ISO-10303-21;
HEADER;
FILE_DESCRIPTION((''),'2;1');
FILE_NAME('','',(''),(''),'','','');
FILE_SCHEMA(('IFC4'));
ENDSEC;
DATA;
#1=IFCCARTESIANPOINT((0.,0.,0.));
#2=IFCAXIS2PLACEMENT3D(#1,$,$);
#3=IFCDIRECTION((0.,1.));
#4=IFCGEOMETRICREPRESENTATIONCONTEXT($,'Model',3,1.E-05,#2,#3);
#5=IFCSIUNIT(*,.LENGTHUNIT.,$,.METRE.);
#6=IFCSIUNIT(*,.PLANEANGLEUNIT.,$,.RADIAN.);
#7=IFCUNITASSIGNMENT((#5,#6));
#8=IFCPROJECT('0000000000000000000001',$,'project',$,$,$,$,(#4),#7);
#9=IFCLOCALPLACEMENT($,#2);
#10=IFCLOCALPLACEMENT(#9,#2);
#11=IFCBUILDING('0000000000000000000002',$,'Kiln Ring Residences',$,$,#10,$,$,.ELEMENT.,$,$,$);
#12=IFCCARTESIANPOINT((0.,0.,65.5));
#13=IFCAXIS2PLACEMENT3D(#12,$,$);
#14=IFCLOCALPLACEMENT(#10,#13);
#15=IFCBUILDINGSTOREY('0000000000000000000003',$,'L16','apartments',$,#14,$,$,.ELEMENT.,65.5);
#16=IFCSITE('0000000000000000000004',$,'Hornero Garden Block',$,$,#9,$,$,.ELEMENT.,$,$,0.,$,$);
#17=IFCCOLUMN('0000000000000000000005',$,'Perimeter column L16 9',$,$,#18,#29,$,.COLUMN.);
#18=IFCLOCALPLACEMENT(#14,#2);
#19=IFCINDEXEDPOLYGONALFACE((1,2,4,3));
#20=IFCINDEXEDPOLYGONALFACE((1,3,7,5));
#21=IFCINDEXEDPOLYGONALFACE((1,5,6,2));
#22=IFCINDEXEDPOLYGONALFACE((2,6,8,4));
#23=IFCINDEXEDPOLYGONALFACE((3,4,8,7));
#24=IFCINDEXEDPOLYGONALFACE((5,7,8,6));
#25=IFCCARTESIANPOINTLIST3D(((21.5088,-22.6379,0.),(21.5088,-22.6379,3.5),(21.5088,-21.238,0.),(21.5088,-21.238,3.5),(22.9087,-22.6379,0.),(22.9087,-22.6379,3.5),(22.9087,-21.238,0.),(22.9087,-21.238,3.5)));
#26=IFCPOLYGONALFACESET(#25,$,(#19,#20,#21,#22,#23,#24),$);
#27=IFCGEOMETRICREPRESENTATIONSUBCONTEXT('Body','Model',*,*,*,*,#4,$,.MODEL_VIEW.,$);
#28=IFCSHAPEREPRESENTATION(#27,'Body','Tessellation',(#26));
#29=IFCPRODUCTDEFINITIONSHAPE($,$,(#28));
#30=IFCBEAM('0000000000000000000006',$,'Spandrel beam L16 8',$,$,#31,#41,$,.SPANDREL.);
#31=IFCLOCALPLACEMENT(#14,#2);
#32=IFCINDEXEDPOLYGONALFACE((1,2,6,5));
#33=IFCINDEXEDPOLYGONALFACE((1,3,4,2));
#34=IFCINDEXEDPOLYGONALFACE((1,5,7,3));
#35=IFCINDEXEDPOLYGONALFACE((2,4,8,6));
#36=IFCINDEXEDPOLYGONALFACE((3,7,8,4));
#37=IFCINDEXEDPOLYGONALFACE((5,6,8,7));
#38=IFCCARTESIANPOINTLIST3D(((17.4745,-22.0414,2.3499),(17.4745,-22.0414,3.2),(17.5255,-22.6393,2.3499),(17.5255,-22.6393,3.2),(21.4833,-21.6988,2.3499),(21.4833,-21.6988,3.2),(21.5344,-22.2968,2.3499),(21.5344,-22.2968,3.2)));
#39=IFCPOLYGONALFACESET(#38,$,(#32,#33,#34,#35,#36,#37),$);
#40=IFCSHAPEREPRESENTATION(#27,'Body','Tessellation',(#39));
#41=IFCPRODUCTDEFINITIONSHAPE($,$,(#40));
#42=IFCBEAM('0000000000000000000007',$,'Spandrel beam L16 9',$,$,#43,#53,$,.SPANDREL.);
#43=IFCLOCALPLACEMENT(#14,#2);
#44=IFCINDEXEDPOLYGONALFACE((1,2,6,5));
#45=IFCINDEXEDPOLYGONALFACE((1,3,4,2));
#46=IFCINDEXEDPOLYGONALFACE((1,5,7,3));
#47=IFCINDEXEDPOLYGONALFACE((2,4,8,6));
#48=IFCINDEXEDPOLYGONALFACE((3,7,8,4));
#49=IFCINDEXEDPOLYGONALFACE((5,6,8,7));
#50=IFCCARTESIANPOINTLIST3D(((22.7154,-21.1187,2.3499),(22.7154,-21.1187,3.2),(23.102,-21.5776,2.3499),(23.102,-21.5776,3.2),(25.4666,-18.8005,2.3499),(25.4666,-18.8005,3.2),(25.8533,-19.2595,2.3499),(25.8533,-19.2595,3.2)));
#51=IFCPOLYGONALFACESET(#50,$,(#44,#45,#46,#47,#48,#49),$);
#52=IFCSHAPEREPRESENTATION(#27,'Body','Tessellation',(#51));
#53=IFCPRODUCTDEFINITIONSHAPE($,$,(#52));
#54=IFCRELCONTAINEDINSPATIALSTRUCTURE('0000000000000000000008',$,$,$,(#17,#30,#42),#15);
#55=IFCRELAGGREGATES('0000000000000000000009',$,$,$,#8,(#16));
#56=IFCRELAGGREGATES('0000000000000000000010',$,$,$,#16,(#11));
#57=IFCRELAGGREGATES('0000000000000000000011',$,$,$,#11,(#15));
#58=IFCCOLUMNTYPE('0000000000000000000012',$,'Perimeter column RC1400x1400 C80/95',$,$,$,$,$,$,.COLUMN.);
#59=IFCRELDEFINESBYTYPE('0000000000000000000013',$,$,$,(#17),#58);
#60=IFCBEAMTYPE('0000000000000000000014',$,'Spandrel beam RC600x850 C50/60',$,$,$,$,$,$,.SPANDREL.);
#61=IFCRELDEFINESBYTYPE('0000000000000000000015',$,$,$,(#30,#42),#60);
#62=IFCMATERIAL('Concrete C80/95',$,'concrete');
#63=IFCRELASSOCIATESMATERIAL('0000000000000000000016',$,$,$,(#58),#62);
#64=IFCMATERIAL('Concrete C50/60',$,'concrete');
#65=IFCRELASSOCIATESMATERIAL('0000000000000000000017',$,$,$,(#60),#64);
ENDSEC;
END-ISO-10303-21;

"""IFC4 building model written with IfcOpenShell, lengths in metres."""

from ifc_helpers import new_model, si_unit, direction, frame, origin, origin_2d, place, context, subcontext, project, spatial, rectangle, extrude, material, material_profile, profile_set, type_object, element, save


model = new_model("IFC4")

# Units and contexts
model_context = context("Model", 3, precision=1e-05, world=origin(), true_north=direction((0.0, 1.0)))
body_context = subcontext(model_context, "Body", "Model", "MODEL_VIEW")
ifc_project = project(units=[si_unit("LENGTHUNIT", "METRE"), si_unit("PLANEANGLEUNIT", "RADIAN")], contexts=[model_context])

# Site, building, storey
site_placement = place(None, origin())
site = spatial("IfcSite", under=ifc_project, at=site_placement, Name="Hornero Garden Block", CompositionType="ELEMENT", RefElevation=0.0)
building_placement = place(site_placement, origin())
building = spatial("IfcBuilding", under=site, at=building_placement, Name="Kiln Ring Residences", CompositionType="ELEMENT")
storey_placement = place(building_placement, frame((0.0, 0.0, 65.5)))
storey = spatial("IfcBuildingStorey", under=building, at=storey_placement, Name="L16", Description="apartments", CompositionType="ELEMENT", Elevation=65.5)

# Column
ifc_material_1 = material(Name="Concrete C80/95", Category="concrete")
ifc_material_profile_1 = material_profile(ifc_material_1, rectangle(XDim=1.3999, YDim=1.3999, at=origin_2d()), Name="RC1400x1400")
ifc_profile_set_1 = profile_set([ifc_material_profile_1], Name="Concrete C80/95")
column_type = type_object("IfcColumnType", Name="Perimeter column RC1400x1400 C80/95", PredefinedType="COLUMN", material=ifc_profile_set_1)
column_placement = place(storey_placement, frame((22.2087, -21.938, 0.0), z_axis=(0.0, 0.0, 1.0), x_axis=(1.0, 0.0, 0.0)))
element("IfcColumn", 1, at=column_placement, inside=storey, type_object=column_type, Name="Perimeter column L16 9", PredefinedType="COLUMN", context=body_context, shape_type="SweptSolid", body=[
    extrude(rectangle(XDim=1.3999, YDim=1.3999, at=origin_2d()), origin(), (0.0, 0.0, 1.0), 3.5),
])

# Beams
ifc_material_2 = material(Name="Concrete C50/60", Category="concrete")
ifc_material_profile_2 = material_profile(ifc_material_2, rectangle(XDim=0.6001, YDim=0.8501, at=origin_2d()), Name="RC600x850")
ifc_profile_set_2 = profile_set([ifc_material_profile_2], Name="Concrete C50/60")
beam_type = type_object("IfcBeamType", Name="Spandrel beam RC600x850 C50/60", PredefinedType="SPANDREL", material=ifc_profile_set_2)
beam_1_placement = place(storey_placement, frame((17.5, -22.3403, 2.7749), z_axis=(0.996369, 0.085134, 0.0), x_axis=(-0.085134, 0.996369, 0.0)))
element("IfcBeam", 2, at=beam_1_placement, inside=storey, type_object=beam_type, Name="Spandrel beam L16 8", PredefinedType="SPANDREL", context=body_context, shape_type="SweptSolid", body=[
    extrude(rectangle(XDim=0.6001, YDim=0.8501, at=origin_2d()), origin(), (0.0, 0.0, 1.0), 4.0234),
])
beam_2_placement = place(storey_placement, frame((22.9087, -21.3481, 2.7749), z_axis=(0.764733, 0.644347, 0.0), x_axis=(-0.644347, 0.764733, 0.0)))
element("IfcBeam", 3, at=beam_2_placement, inside=storey, type_object=beam_type, Name="Spandrel beam L16 9", PredefinedType="SPANDREL", context=body_context, shape_type="SweptSolid", body=[
    extrude(rectangle(XDim=0.6001, YDim=0.8501, at=origin_2d()), origin(), (0.0, 0.0, 1.0), 3.5977),
])

save(model, "model.ifc")
